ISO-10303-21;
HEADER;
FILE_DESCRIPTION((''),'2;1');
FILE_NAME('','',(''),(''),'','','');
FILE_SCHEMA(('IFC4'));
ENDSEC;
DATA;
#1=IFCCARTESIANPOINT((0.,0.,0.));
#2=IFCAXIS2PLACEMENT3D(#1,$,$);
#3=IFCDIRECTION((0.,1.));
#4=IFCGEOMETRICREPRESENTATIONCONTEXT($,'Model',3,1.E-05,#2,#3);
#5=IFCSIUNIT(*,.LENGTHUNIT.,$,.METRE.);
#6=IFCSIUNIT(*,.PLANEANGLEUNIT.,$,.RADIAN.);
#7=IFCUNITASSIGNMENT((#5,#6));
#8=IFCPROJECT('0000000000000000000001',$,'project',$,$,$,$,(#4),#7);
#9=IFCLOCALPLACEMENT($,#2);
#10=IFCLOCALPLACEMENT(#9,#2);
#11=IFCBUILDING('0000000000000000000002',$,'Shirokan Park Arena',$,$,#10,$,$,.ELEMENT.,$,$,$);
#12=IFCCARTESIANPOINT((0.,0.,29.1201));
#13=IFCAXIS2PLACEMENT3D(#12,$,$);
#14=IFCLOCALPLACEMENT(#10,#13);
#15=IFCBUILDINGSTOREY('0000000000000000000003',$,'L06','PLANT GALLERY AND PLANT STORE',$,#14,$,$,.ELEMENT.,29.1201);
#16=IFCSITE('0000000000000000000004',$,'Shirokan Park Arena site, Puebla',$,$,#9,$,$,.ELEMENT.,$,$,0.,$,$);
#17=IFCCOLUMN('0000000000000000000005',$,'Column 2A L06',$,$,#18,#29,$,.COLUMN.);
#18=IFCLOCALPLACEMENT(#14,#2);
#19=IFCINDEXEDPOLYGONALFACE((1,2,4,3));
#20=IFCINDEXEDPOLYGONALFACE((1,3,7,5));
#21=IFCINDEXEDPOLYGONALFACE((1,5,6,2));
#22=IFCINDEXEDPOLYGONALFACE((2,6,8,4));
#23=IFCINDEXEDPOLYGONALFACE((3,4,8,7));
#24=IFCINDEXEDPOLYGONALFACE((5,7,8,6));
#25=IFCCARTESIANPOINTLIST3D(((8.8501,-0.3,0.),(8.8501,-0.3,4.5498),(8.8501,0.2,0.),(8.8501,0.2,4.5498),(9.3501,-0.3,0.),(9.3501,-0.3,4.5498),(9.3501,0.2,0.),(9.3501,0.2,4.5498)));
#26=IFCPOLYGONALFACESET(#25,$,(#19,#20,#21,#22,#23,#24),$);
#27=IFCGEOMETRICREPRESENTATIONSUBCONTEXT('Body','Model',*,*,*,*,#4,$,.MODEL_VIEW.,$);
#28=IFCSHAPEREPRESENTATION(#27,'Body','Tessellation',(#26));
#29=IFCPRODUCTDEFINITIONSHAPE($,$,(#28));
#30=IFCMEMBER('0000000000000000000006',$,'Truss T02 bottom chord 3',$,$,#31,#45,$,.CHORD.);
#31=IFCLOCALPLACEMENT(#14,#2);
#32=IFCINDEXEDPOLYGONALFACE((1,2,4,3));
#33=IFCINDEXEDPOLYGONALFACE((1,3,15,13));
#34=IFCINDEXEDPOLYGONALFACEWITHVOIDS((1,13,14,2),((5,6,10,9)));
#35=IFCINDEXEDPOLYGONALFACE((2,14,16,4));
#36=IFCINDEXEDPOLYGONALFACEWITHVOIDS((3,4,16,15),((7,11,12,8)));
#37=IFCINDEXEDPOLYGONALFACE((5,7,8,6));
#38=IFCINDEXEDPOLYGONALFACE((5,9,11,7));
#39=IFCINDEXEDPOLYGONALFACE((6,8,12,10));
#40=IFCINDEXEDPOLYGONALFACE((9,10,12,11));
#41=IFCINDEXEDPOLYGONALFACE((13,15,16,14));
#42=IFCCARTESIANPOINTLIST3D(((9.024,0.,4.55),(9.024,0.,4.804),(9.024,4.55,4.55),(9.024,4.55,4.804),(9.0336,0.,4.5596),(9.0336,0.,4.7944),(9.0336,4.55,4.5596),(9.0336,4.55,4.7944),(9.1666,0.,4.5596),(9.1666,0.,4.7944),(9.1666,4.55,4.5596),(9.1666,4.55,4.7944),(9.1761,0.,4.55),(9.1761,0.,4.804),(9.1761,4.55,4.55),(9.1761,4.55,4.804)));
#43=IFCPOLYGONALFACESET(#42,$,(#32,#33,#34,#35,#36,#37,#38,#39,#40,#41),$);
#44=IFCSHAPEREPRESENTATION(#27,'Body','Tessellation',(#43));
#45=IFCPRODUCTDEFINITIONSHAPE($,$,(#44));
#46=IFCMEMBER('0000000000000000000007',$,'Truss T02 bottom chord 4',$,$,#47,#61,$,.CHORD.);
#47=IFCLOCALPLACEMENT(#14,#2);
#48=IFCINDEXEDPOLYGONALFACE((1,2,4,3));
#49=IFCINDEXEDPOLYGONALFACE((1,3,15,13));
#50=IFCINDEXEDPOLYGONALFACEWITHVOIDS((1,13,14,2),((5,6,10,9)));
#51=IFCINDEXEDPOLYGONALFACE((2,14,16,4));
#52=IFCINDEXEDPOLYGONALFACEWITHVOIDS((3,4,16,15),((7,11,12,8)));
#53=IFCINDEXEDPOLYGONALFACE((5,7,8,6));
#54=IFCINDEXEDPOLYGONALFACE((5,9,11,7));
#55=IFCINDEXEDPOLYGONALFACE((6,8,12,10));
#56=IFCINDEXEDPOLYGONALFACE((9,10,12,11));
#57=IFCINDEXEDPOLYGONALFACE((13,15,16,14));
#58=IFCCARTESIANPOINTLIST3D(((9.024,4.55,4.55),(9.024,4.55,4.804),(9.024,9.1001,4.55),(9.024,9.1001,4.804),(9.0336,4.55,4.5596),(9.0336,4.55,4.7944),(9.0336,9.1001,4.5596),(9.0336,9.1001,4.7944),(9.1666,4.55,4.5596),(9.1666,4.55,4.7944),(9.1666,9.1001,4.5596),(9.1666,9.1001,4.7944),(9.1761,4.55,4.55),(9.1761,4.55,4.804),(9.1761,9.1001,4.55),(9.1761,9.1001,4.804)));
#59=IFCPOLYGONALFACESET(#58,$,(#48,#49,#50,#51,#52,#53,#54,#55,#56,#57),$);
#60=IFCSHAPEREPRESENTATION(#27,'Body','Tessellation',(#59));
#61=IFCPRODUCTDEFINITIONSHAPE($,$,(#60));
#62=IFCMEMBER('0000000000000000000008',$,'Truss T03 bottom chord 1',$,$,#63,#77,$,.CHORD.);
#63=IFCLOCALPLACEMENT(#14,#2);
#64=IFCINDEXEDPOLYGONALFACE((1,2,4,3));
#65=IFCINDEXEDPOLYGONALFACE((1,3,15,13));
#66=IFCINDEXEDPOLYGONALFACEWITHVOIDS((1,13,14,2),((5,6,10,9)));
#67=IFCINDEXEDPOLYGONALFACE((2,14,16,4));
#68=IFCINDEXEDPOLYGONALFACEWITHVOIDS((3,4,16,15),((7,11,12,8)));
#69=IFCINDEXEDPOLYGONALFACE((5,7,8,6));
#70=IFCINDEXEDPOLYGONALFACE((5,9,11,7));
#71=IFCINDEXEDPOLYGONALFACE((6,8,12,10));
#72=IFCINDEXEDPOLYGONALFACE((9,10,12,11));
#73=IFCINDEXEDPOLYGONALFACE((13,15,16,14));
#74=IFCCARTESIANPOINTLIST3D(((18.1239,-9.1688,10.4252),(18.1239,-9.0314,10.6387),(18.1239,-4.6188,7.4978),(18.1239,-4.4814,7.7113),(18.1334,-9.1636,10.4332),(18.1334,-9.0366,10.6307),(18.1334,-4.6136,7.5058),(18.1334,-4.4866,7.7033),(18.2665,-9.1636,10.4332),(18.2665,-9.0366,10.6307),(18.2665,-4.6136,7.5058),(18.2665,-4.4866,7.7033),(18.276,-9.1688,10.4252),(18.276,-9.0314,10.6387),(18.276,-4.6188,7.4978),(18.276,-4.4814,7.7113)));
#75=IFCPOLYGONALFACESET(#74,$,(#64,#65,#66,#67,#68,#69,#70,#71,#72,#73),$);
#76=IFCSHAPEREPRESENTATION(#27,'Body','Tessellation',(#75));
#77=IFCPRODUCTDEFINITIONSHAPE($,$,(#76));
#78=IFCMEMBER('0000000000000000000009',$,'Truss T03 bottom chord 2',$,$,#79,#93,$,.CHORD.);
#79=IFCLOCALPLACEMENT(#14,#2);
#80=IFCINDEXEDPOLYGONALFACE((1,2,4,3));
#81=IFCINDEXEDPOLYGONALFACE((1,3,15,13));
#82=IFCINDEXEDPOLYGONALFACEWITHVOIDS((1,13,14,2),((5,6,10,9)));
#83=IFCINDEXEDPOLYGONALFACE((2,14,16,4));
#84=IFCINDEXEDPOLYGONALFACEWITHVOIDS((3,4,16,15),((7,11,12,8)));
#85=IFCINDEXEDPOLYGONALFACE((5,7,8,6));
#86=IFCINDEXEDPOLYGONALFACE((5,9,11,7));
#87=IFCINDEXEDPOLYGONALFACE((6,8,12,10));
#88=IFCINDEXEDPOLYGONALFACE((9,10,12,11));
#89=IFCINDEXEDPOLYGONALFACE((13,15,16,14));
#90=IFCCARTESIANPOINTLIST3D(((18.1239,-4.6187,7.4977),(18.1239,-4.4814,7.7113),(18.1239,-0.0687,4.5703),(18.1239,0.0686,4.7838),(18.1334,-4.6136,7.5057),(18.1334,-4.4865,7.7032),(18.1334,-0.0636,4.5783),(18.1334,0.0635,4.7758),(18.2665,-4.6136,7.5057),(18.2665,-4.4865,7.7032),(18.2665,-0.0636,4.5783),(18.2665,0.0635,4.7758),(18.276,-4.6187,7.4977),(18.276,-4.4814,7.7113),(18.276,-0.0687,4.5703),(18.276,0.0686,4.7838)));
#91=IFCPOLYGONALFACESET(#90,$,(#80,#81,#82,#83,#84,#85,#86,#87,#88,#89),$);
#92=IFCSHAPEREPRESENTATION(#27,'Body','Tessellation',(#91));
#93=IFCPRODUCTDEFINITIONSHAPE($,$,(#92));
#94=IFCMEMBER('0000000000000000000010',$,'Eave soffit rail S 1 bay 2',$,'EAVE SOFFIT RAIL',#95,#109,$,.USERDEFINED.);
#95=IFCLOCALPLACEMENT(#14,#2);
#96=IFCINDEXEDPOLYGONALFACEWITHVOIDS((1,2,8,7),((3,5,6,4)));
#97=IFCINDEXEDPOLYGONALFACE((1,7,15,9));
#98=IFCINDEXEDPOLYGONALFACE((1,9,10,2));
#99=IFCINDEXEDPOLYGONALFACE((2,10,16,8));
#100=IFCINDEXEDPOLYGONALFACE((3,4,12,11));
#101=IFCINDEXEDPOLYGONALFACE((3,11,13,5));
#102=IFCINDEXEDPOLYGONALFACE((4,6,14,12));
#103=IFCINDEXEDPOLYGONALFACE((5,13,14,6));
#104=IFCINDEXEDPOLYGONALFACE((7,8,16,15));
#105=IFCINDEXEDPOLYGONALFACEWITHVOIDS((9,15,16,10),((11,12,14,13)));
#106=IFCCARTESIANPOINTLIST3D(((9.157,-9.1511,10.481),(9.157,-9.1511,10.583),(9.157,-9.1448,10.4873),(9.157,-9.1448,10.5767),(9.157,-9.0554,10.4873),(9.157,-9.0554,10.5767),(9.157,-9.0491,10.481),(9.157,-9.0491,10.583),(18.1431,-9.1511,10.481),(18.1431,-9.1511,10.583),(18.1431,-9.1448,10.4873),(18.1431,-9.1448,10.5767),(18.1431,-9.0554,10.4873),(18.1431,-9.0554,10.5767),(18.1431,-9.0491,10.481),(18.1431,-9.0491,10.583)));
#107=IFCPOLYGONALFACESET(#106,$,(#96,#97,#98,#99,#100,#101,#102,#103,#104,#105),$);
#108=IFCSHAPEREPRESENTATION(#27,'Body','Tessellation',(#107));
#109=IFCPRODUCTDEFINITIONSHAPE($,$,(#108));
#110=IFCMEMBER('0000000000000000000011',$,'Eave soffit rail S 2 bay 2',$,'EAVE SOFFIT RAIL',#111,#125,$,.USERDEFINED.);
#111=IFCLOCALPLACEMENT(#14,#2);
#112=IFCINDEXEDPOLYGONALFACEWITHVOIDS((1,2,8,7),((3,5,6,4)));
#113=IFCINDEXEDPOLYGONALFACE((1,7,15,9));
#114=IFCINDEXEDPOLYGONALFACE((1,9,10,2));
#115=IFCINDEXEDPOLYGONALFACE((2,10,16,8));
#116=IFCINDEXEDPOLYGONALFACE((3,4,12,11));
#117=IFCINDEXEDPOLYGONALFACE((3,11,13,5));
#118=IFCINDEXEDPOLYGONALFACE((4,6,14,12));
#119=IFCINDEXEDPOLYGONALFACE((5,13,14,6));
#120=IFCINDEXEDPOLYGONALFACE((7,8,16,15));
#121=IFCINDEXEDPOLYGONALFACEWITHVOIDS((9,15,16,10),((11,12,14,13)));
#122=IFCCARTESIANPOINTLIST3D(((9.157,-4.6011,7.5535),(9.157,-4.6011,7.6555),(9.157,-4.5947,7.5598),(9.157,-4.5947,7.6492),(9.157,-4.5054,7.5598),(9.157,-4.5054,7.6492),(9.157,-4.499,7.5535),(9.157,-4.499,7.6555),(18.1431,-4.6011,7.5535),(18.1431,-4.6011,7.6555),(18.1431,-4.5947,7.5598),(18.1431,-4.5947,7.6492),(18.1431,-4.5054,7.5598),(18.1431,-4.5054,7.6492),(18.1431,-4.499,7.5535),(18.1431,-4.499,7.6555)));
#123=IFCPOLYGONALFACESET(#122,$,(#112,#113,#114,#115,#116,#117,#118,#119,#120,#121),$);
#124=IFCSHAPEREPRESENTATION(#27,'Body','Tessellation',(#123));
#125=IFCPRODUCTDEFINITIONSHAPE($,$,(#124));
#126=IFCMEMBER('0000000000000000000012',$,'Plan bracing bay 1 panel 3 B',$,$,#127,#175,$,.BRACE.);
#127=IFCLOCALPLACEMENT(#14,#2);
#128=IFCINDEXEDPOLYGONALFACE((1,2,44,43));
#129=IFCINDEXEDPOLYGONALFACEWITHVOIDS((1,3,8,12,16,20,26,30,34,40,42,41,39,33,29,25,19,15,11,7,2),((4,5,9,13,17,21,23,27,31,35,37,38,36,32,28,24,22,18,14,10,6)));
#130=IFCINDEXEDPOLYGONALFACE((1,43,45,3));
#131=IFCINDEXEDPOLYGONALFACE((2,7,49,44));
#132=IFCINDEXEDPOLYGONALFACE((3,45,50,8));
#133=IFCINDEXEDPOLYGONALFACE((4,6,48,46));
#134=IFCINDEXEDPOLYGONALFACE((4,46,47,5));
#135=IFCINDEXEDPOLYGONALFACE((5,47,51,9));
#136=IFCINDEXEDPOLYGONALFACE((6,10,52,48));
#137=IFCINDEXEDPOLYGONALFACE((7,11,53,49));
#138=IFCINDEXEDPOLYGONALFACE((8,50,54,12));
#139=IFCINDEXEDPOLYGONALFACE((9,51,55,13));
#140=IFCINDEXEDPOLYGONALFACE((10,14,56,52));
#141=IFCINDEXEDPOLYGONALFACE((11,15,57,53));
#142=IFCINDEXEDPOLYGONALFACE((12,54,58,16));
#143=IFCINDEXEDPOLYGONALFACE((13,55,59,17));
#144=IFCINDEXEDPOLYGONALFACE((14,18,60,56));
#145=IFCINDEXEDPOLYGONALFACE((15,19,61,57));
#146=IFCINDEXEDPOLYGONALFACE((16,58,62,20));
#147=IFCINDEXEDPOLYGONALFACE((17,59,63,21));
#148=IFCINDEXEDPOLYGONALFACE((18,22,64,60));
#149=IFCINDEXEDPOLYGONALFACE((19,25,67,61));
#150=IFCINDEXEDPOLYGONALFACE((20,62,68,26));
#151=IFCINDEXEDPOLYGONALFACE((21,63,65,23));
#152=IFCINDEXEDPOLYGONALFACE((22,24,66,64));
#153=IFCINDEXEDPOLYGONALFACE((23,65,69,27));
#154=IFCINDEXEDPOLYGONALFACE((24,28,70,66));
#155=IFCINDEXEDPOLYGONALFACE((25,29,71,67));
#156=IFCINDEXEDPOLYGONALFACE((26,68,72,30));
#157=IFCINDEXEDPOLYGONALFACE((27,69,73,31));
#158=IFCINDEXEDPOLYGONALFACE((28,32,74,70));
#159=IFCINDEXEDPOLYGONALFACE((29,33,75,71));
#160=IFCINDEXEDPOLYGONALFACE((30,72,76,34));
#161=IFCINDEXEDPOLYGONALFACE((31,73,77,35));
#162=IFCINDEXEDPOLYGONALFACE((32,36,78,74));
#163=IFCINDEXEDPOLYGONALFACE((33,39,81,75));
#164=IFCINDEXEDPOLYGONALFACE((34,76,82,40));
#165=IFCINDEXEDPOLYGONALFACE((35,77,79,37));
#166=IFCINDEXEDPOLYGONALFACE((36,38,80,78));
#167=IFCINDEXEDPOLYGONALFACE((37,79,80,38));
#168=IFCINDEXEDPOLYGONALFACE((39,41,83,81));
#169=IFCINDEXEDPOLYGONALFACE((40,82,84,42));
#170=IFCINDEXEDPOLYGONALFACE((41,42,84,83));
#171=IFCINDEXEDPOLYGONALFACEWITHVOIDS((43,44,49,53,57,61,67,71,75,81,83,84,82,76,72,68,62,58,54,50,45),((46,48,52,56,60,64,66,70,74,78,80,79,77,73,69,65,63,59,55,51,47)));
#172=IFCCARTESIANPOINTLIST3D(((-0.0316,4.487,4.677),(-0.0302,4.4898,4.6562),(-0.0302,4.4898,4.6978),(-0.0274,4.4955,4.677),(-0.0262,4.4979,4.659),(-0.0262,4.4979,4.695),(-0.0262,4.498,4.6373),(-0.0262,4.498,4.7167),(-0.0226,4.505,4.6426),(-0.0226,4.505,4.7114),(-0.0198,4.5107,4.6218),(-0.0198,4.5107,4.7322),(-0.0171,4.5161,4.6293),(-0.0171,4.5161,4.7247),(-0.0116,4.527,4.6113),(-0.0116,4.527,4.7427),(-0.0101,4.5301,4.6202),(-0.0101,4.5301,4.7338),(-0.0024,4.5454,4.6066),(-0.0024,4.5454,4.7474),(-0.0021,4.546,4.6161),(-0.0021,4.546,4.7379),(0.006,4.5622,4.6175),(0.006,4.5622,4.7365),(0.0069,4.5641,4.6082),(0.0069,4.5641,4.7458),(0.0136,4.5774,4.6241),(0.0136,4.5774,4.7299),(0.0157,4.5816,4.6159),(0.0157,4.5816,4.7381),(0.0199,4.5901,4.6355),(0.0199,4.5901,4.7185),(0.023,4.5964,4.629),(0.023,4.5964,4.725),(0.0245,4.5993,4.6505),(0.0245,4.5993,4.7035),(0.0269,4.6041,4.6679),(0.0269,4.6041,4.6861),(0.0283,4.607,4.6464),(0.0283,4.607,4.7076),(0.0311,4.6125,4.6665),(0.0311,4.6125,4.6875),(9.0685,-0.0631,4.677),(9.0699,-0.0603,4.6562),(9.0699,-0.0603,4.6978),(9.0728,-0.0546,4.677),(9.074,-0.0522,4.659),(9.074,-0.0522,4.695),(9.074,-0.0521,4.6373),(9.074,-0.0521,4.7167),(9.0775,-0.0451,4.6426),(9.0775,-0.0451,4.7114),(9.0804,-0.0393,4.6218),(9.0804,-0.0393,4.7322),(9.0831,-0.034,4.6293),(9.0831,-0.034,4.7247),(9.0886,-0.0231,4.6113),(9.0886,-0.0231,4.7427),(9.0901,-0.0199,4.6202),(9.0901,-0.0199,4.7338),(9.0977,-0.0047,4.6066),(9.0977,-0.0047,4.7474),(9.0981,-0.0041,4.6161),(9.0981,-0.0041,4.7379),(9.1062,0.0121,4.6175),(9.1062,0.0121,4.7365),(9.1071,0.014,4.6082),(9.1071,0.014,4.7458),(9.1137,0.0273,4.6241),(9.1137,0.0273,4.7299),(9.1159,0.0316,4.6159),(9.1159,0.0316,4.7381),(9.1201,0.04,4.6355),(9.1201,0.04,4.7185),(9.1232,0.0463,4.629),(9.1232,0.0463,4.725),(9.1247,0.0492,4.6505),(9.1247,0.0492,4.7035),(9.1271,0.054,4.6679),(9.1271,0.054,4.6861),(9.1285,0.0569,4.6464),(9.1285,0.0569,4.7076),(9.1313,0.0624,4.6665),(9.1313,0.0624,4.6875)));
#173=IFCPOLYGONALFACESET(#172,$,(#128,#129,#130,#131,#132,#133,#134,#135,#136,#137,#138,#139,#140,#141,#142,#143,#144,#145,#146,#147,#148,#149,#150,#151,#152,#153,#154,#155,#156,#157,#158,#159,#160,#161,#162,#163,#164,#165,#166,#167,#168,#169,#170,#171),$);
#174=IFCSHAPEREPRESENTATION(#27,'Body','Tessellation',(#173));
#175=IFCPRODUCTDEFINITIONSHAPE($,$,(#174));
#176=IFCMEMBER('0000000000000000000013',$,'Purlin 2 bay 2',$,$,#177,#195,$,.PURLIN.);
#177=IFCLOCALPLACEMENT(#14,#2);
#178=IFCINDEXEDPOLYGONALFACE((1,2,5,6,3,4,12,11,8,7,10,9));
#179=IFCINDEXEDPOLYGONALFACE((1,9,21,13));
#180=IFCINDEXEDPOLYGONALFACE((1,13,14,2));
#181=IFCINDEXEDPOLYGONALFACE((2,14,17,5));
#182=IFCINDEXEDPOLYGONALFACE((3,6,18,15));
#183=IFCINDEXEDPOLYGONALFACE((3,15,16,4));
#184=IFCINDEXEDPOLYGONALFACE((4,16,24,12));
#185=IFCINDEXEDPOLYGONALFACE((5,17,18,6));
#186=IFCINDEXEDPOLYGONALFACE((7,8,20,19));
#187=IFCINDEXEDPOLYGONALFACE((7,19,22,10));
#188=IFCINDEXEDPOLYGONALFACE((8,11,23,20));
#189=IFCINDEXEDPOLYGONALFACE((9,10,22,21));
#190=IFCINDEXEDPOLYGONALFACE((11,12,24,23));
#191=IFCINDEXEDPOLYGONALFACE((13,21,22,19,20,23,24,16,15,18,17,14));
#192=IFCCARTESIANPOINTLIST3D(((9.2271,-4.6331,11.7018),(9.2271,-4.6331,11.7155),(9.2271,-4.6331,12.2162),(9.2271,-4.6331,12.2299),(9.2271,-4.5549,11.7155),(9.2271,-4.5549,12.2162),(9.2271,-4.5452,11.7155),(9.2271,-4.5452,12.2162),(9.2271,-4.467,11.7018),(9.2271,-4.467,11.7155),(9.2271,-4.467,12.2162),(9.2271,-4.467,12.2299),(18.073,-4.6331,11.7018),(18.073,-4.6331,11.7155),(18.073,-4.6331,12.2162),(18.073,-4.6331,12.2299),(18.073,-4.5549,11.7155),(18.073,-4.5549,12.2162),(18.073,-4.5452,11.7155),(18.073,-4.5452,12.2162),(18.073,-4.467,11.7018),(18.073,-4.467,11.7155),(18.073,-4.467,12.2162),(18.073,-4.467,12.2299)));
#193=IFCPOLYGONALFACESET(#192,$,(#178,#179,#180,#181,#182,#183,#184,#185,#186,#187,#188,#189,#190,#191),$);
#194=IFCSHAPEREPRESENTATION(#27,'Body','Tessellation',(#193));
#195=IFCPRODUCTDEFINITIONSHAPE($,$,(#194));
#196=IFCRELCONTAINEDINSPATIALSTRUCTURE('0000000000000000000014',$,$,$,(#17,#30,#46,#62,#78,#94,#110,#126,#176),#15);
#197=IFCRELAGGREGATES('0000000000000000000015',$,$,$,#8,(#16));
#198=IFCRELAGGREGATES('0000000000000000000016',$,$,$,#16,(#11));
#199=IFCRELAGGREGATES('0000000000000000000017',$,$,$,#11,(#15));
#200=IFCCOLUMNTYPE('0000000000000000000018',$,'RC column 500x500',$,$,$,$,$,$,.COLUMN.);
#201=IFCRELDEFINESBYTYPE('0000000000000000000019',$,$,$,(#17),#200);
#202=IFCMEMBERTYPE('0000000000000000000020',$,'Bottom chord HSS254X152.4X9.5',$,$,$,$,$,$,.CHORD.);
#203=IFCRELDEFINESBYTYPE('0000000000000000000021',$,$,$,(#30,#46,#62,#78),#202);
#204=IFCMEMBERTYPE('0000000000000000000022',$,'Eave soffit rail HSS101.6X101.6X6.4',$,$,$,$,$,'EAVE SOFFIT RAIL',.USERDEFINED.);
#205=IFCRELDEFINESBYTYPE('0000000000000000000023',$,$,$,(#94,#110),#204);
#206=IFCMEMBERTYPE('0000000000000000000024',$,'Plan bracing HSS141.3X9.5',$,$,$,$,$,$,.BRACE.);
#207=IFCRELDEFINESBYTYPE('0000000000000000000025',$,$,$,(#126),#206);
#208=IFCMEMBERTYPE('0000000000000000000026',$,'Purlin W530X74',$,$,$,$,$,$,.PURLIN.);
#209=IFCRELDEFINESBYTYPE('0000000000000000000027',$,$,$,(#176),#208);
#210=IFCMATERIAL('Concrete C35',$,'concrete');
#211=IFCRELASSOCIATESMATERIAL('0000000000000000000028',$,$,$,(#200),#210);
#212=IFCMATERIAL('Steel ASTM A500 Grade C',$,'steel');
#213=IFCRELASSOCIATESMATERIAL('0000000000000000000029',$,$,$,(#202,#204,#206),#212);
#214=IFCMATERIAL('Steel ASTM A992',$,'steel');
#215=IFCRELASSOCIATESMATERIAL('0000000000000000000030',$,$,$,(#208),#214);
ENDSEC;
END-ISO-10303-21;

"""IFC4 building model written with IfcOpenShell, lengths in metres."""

from ifc_helpers import new_model, si_unit, direction, frame, origin, origin_2d, place, context, subcontext, project, spatial, rectangle, hollow_rectangle, hollow_circle, i_section, extrude, material, material_profile, profile_set, type_object, element, save


model = new_model("IFC4")

# Units and contexts
model_context = context("Model", 3, precision=1e-05, world=origin(), true_north=direction((0.0, 1.0)))
body_context = subcontext(model_context, "Body", "Model", "MODEL_VIEW")
ifc_project = project(units=[si_unit("LENGTHUNIT", "METRE"), si_unit("PLANEANGLEUNIT", "RADIAN")], contexts=[model_context])

# Site, building, storey
site_placement = place(None, origin())
site = spatial("IfcSite", under=ifc_project, at=site_placement, Name="Shirokan Park Arena site, Puebla", CompositionType="ELEMENT", RefElevation=0.0)
building_placement = place(site_placement, origin())
building = spatial("IfcBuilding", under=site, at=building_placement, Name="Shirokan Park Arena", CompositionType="ELEMENT")
storey_placement = place(building_placement, frame((0.0, 0.0, 29.1201)))
storey = spatial("IfcBuildingStorey", under=building, at=storey_placement, Name="L06", Description="PLANT GALLERY AND PLANT STORE", CompositionType="ELEMENT", Elevation=29.1201)

# Column
ifc_material_1 = material(Name="Concrete C35", Category="concrete")
ifc_material_profile_1 = material_profile(ifc_material_1, rectangle(XDim=0.5, YDim=0.5, at=origin_2d()), Name="500x500")
ifc_profile_set_1 = profile_set([ifc_material_profile_1], Name="Concrete C35")
column_type = type_object("IfcColumnType", Name="RC column 500x500", PredefinedType="COLUMN", material=ifc_profile_set_1)
column_placement = place(storey_placement, frame((9.1001, -0.05, 0.0), z_axis=(0.0, 0.0, 1.0), x_axis=(1.0, 0.0, 0.0)))
element("IfcColumn", 1, at=column_placement, inside=storey, type_object=column_type, Name="Column 2A L06", PredefinedType="COLUMN", context=body_context, shape_type="SweptSolid", body=[
    extrude(rectangle(XDim=0.5, YDim=0.5, at=origin_2d()), origin(), (0.0, 0.0, 1.0), 4.5498),
])

# Members
ifc_material_2 = material(Name="Steel ASTM A500 Grade C", Category="steel")
ifc_material_profile_2 = material_profile(ifc_material_2, hollow_rectangle(XDim=0.1521, YDim=0.2539, WallThickness=0.0095, at=origin_2d()), Name="HSS254X152.4X9.5")
ifc_profile_set_2 = profile_set([ifc_material_profile_2], Name="Steel ASTM A500 Grade C")
member_type_1 = type_object("IfcMemberType", Name="Bottom chord HSS254X152.4X9.5", PredefinedType="CHORD", material=ifc_profile_set_2)
for number, where, z_axis, x_axis, name in (
    (2, (9.1001, 0.0, 4.677), (0.0, 1.0, 0.0), (-1.0, 0.0, 0.0), "Truss T02 bottom chord 3"),
    (3, (9.1001, 4.55, 4.677), (0.0, 1.0, 0.0), (-1.0, 0.0, 0.0), "Truss T02 bottom chord 4"),
):
    element("IfcMember", number, at=place(storey_placement, frame(where, z_axis=z_axis, x_axis=x_axis)), inside=storey, type_object=member_type_1, Name=name, PredefinedType="CHORD", context=body_context, shape_type="SweptSolid", body=[
        extrude(hollow_rectangle(XDim=0.1521, YDim=0.2539, WallThickness=0.0095, at=origin_2d()), origin(), (0.0, 0.0, 1.0), 4.55),
    ])
for number, where, z_axis, x_axis, name in (
    (4, (18.2, -9.1001, 10.532), (0.0, 0.840972, -0.541079), (-1.0, 0.0, 0.0), "Truss T03 bottom chord 1"),
    (5, (18.2, -4.55, 7.6045), (0.0, 0.840972, -0.541079), (-1.0, 0.0, 0.0), "Truss T03 bottom chord 2"),
):
    element("IfcMember", number, at=place(storey_placement, frame(where, z_axis=z_axis, x_axis=x_axis)), inside=storey, type_object=member_type_1, Name=name, PredefinedType="CHORD", context=body_context, shape_type="SweptSolid", body=[
        extrude(hollow_rectangle(XDim=0.1521, YDim=0.2539, WallThickness=0.0095, at=origin_2d()), origin(), (0.0, 0.0, 1.0), 5.4104),
    ])
ifc_material_profile_3 = material_profile(ifc_material_2, hollow_rectangle(XDim=0.1021, YDim=0.1021, WallThickness=0.0063, at=origin_2d()), Name="HSS101.6X101.6X6.4")
ifc_profile_set_3 = profile_set([ifc_material_profile_3], Name="Steel ASTM A500 Grade C")
member_type_2 = type_object("IfcMemberType", Name="Eave soffit rail HSS101.6X101.6X6.4", ElementType="EAVE SOFFIT RAIL", PredefinedType="USERDEFINED", material=ifc_profile_set_3)
for number, where, z_axis, x_axis, name in (
    (6, (9.157, -9.1001, 10.532), (1.0, 0.0, 0.0), (0.0, 1.0, 0.0), "Eave soffit rail S 1 bay 2"),
    (7, (9.157, -4.55, 7.6045), (1.0, 0.0, 0.0), (0.0, 1.0, 0.0), "Eave soffit rail S 2 bay 2"),
):
    element("IfcMember", number, at=place(storey_placement, frame(where, z_axis=z_axis, x_axis=x_axis)), inside=storey, type_object=member_type_2, Name=name, ObjectType="EAVE SOFFIT RAIL", PredefinedType="USERDEFINED", context=body_context, shape_type="SweptSolid", body=[
        extrude(hollow_rectangle(XDim=0.1021, YDim=0.1021, WallThickness=0.0063, at=origin_2d()), origin(), (0.0, 0.0, 1.0), 8.9861),
    ])
ifc_material_profile_4 = material_profile(ifc_material_2, hollow_circle(Radius=0.0706, WallThickness=0.0095, at=origin_2d()), Name="HSS141.3X9.5")
ifc_profile_set_4 = profile_set([ifc_material_profile_4], Name="Steel ASTM A500 Grade C")
member_type_3 = type_object("IfcMemberType", Name="Plan bracing HSS141.3X9.5", PredefinedType="BRACE", material=ifc_profile_set_4)
member_1_placement = place(storey_placement, frame((9.1001, 0.0, 4.677), z_axis=(-0.894427, 0.447214, 0.0), x_axis=(-0.447214, -0.894427, 0.0)))
element("IfcMember", 8, at=member_1_placement, inside=storey, type_object=member_type_3, Name="Plan bracing bay 1 panel 3 B", PredefinedType="BRACE", context=body_context, shape_type="SweptSolid", body=[
    extrude(hollow_circle(Radius=0.0706, WallThickness=0.0095, at=origin_2d()), origin(), (0.0, 0.0, 1.0), 10.1743),
])
ifc_material_3 = material(Name="Steel ASTM A992", Category="steel")
ifc_material_profile_5 = material_profile(ifc_material_3, i_section(OverallWidth=0.166, OverallDepth=0.5281, WebThickness=0.0098, FlangeThickness=0.0137, at=origin_2d()), Name="W530X74")
ifc_profile_set_5 = profile_set([ifc_material_profile_5], Name="Steel ASTM A992")
member_type_4 = type_object("IfcMemberType", Name="Purlin W530X74", PredefinedType="PURLIN", material=ifc_profile_set_5)
for number, where, z_axis, x_axis, name in (
    (9, (9.2271, -4.55, 11.9658), (1.0, 0.0, 0.0), (0.0, 1.0, 0.0), "Purlin 2 bay 2"),
):
    element("IfcMember", number, at=place(storey_placement, frame(where, z_axis=z_axis, x_axis=x_axis)), inside=storey, type_object=member_type_4, Name=name, PredefinedType="PURLIN", context=body_context, shape_type="SweptSolid", body=[
        extrude(i_section(OverallWidth=0.166, OverallDepth=0.5281, WebThickness=0.0098, FlangeThickness=0.0137, at=origin_2d()), origin(), (0.0, 0.0, 1.0), 8.8459),
    ])

save(model, "model.ifc")
